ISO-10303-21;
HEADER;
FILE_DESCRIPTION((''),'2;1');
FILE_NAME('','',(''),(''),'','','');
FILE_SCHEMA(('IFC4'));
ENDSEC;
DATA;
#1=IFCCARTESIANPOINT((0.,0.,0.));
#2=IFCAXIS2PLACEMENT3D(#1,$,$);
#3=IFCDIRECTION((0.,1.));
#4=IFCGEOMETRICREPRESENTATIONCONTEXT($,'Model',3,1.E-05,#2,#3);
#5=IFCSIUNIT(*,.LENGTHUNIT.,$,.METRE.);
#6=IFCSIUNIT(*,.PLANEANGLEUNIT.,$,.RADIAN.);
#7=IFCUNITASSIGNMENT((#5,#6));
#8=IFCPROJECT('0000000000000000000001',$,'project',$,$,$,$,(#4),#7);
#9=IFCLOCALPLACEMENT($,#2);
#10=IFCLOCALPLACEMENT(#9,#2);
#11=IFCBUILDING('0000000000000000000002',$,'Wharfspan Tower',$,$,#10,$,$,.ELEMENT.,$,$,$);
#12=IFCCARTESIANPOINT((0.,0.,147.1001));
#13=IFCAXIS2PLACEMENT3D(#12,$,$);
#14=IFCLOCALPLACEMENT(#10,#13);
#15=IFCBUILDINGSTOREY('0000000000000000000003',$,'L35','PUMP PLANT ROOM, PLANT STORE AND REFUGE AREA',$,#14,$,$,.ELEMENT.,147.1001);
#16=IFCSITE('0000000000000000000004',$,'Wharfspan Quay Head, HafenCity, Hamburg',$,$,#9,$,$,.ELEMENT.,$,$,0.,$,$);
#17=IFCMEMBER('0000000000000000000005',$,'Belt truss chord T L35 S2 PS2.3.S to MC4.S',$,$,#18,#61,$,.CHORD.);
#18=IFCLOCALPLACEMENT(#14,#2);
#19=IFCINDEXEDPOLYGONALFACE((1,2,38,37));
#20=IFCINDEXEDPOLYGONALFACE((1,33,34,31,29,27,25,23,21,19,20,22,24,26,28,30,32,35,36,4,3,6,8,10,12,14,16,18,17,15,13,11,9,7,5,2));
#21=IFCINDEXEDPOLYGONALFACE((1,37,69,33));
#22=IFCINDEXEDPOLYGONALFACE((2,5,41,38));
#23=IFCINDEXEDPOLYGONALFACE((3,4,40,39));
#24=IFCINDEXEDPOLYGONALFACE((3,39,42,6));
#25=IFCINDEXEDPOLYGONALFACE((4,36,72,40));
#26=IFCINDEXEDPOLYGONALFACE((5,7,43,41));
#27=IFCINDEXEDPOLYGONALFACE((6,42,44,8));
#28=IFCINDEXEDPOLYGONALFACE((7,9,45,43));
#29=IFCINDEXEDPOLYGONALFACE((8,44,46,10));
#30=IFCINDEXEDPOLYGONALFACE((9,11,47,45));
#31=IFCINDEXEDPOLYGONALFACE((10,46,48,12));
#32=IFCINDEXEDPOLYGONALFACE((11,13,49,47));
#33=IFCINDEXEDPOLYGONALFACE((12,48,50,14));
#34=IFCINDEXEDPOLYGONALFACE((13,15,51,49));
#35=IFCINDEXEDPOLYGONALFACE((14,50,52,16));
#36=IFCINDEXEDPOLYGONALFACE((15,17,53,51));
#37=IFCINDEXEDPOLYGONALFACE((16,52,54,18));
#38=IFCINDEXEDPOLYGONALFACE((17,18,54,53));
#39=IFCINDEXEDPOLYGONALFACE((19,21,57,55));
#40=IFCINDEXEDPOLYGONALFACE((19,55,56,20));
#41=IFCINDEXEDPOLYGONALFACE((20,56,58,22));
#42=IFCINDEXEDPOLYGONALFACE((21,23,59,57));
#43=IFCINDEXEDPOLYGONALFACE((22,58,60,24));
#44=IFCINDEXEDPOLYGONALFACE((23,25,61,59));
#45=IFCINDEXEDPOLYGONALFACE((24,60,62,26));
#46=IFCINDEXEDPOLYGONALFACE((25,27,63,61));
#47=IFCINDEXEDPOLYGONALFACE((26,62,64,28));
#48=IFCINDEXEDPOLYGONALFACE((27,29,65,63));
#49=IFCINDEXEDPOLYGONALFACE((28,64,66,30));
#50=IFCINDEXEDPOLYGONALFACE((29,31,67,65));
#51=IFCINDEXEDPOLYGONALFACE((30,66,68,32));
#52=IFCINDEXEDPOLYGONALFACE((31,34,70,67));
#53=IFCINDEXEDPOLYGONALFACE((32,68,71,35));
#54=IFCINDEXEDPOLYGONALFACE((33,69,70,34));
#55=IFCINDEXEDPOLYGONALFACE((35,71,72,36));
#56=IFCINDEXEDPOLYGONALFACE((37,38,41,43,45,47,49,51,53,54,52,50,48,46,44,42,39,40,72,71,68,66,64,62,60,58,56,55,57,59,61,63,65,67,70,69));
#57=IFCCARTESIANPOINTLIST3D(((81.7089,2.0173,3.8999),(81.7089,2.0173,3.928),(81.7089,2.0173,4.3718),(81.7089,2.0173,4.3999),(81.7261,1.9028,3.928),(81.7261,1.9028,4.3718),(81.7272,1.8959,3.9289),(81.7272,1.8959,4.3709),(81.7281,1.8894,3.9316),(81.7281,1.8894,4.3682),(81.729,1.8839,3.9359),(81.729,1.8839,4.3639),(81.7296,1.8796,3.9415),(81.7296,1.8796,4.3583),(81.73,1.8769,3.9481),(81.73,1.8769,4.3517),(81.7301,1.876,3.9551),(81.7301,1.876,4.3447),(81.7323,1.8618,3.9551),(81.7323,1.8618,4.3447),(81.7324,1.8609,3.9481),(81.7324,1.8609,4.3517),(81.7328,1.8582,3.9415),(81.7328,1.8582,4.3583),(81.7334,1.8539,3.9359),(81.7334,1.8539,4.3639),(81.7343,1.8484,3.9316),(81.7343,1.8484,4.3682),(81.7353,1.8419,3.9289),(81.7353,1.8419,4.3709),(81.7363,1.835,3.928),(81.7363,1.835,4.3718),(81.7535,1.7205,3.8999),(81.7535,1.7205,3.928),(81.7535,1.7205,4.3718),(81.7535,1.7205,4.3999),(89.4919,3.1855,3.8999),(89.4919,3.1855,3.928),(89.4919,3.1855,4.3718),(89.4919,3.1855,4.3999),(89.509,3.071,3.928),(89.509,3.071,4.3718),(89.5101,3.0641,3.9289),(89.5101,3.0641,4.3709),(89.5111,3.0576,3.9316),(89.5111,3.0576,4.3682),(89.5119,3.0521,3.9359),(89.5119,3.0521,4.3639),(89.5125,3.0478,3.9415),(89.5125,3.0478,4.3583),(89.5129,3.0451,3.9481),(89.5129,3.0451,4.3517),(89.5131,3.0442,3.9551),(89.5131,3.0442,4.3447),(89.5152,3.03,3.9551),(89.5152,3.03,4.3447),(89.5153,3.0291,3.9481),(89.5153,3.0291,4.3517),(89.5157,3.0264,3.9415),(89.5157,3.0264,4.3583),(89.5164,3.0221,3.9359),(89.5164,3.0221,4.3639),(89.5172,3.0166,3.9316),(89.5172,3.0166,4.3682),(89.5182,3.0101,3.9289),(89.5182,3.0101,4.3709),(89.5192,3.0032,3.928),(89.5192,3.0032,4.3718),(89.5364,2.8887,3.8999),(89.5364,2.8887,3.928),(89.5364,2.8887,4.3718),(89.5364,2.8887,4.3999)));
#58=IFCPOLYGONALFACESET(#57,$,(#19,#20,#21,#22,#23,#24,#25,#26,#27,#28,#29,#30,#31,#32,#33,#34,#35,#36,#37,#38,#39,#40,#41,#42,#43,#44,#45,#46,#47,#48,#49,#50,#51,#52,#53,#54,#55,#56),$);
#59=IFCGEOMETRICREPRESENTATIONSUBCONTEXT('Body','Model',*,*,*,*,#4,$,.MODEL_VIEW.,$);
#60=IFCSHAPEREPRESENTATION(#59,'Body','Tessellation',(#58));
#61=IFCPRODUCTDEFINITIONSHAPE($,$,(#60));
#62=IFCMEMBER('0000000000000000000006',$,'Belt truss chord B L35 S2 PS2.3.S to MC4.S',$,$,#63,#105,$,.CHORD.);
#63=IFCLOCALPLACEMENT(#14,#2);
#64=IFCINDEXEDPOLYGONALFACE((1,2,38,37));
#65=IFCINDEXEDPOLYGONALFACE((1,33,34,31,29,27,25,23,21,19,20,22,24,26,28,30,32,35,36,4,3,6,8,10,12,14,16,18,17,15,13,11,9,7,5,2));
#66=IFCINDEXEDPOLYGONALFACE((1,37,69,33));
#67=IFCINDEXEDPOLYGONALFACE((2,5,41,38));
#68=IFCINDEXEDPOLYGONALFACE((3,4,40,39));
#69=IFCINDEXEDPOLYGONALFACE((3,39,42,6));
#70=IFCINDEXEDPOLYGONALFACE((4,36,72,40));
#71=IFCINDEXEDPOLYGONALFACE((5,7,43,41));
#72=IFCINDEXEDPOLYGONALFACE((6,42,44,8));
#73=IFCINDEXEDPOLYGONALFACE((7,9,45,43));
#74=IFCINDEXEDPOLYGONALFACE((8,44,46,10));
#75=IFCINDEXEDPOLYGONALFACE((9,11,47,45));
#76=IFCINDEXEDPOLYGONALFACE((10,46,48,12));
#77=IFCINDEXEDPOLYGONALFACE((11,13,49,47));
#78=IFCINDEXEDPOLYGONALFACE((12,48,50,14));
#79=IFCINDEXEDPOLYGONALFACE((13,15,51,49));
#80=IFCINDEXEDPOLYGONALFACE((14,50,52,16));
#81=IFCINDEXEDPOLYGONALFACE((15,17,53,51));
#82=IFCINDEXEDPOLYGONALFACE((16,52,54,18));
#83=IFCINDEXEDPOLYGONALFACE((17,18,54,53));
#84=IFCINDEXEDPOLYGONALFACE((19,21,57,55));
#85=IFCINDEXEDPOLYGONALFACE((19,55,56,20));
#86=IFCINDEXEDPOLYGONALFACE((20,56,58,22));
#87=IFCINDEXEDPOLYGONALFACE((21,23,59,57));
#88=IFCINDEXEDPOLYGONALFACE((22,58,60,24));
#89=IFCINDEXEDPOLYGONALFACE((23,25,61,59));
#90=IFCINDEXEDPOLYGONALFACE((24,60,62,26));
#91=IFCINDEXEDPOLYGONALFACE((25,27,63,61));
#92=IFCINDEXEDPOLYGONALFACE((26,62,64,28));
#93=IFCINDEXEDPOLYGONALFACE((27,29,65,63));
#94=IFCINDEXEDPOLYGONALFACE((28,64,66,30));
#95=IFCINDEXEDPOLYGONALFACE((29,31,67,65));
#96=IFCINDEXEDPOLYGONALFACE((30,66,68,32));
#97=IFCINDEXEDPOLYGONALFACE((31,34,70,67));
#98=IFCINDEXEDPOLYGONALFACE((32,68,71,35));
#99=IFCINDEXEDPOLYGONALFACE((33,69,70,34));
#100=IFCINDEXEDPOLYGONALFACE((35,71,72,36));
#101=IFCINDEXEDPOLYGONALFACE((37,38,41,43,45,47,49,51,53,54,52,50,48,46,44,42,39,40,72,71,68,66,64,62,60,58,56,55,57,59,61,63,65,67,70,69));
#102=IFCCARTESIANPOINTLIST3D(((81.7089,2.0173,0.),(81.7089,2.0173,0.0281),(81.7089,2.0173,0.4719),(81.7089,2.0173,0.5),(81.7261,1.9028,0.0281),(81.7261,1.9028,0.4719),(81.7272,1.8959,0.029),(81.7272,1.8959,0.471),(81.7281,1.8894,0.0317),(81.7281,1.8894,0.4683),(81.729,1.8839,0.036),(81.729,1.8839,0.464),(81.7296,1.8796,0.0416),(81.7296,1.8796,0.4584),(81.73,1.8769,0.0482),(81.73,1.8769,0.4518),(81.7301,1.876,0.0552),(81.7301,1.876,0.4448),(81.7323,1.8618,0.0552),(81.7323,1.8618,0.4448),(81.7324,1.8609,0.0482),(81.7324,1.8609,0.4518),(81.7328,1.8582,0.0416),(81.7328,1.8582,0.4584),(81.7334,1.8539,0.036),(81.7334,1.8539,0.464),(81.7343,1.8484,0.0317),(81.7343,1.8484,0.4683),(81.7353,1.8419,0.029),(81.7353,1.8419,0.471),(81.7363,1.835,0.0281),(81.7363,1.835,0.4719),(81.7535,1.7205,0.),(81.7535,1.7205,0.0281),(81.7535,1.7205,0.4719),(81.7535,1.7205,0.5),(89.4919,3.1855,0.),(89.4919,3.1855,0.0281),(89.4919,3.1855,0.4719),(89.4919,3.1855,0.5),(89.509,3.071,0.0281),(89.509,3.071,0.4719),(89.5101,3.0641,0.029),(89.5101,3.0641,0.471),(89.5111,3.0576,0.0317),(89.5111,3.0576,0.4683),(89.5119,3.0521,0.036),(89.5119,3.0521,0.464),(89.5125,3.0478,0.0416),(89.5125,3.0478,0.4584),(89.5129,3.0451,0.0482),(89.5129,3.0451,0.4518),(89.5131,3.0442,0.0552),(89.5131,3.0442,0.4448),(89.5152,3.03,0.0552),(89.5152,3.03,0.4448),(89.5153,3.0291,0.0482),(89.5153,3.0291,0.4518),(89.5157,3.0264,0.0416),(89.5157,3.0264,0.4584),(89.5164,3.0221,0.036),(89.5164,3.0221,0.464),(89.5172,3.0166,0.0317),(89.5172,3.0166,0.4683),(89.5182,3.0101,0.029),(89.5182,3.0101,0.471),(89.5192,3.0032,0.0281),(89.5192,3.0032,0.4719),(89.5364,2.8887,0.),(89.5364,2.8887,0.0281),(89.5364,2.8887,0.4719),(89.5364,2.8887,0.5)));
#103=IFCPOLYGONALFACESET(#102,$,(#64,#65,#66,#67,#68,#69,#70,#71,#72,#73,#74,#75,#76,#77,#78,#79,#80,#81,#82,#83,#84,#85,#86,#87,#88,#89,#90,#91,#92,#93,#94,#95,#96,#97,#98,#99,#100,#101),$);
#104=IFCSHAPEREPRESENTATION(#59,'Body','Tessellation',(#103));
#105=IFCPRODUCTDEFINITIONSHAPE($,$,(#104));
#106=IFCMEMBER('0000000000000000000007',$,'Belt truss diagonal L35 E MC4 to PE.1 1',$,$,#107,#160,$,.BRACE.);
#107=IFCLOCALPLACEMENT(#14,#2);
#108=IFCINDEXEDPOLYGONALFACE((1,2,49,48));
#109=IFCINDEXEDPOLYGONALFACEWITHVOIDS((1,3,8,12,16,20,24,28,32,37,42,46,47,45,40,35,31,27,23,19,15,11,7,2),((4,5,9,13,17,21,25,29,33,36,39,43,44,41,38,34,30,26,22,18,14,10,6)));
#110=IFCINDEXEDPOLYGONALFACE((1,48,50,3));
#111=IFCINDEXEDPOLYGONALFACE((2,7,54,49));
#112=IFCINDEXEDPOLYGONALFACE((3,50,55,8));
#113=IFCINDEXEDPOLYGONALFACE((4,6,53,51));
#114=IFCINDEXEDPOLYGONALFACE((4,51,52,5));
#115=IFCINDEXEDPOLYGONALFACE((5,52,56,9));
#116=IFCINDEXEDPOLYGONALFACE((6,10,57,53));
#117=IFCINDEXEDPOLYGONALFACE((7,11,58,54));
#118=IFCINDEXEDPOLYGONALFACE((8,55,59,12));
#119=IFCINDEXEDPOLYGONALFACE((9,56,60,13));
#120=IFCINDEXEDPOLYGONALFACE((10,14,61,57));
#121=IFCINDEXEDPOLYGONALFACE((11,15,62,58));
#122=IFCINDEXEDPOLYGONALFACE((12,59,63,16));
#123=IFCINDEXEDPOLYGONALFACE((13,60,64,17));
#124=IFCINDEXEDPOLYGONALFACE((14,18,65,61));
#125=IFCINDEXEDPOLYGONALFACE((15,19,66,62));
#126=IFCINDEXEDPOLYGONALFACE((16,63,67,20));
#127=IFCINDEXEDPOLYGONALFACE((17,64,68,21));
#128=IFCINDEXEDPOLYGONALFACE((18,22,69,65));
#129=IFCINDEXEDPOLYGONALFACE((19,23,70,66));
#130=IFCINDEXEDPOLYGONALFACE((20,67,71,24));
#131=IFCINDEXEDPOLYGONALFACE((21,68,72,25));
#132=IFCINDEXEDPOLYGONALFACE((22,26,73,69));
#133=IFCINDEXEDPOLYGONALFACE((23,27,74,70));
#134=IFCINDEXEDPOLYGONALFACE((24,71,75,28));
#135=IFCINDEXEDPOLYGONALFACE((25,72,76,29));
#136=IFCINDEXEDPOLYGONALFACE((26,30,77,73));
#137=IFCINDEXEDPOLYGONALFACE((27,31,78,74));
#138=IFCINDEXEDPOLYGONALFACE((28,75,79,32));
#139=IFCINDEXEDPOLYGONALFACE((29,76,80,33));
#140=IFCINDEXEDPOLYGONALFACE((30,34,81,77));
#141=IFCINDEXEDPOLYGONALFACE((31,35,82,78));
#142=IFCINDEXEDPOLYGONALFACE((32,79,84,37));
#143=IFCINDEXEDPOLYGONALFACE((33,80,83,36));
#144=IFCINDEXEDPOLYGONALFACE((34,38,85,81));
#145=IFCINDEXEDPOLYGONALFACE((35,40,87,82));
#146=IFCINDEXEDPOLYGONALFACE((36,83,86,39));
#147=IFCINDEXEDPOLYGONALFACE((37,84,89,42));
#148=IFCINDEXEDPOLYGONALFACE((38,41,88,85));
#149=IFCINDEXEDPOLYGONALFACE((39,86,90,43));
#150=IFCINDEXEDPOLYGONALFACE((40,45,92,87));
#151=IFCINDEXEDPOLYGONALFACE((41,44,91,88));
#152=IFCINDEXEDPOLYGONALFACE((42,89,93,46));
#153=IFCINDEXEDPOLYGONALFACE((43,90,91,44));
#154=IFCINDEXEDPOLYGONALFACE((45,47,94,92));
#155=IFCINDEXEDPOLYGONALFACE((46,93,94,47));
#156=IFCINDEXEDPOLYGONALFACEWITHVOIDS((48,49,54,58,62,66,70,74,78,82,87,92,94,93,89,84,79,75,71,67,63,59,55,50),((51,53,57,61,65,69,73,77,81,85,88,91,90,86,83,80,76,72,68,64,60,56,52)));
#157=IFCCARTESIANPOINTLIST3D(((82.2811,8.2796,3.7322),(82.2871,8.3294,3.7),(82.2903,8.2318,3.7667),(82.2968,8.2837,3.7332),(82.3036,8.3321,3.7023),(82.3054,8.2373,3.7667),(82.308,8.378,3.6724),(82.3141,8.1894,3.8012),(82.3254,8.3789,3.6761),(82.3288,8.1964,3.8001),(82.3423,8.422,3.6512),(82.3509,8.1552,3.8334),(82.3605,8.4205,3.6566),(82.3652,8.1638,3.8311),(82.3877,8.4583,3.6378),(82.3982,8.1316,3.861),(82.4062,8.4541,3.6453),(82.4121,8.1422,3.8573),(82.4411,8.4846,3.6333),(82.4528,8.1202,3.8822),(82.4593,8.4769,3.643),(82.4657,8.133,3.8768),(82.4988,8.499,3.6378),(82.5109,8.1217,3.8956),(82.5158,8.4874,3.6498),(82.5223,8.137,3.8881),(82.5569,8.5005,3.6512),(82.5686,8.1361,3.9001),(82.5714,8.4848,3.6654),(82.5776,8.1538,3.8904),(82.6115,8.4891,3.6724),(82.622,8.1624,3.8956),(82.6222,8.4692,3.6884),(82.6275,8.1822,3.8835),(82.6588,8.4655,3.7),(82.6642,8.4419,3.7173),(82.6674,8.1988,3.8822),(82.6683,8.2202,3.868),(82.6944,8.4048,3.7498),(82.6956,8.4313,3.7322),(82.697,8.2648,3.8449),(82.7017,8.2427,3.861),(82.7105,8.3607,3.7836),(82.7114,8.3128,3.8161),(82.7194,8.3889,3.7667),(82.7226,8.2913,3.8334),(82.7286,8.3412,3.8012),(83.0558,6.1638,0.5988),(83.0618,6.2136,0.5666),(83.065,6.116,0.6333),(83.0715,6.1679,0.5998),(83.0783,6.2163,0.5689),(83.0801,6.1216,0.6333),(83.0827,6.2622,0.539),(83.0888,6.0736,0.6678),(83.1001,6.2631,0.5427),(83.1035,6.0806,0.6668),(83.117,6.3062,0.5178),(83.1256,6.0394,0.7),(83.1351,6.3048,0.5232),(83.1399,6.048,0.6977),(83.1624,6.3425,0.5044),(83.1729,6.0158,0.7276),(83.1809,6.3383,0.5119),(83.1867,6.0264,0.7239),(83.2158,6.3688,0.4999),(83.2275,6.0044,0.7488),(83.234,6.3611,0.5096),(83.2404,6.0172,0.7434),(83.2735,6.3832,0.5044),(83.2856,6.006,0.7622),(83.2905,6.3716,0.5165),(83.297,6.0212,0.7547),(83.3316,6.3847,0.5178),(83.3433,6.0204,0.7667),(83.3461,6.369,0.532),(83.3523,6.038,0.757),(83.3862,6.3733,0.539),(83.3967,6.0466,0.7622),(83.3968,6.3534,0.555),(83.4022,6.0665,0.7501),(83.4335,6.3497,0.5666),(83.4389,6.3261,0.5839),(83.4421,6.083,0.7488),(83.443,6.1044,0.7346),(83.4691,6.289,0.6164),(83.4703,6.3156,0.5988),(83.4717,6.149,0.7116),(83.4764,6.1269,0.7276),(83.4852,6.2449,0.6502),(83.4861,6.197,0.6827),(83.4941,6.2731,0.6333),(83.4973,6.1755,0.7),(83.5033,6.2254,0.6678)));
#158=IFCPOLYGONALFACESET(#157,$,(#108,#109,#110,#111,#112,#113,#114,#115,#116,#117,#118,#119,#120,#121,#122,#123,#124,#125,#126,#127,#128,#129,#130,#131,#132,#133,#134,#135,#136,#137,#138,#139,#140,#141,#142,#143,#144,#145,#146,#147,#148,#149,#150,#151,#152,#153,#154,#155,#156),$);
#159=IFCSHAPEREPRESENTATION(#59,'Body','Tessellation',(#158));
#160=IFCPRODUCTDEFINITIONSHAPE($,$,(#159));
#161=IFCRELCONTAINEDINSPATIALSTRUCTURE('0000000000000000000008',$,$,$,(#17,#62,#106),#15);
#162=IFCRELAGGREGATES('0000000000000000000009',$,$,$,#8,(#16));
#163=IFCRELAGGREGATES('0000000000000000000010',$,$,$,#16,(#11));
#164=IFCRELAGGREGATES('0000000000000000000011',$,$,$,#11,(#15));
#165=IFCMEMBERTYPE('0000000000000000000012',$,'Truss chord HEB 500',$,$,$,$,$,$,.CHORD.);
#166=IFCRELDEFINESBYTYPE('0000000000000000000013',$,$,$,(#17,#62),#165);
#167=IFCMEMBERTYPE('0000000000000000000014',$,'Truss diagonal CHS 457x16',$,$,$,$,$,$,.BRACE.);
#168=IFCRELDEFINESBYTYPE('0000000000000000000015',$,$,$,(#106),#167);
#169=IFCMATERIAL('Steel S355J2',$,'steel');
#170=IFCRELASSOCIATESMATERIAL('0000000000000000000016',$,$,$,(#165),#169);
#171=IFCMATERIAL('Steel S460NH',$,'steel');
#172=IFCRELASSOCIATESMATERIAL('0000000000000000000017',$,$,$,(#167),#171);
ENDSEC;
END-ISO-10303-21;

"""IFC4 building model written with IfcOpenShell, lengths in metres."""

from ifc_helpers import new_model, si_unit, direction, frame, origin, origin_2d, place, context, subcontext, project, spatial, hollow_circle, i_section, extrude, material, material_profile, profile_set, type_object, element, save


model = new_model("IFC4")

# Units and contexts
model_context = context("Model", 3, precision=1e-05, world=origin(), true_north=direction((0.0, 1.0)))
body_context = subcontext(model_context, "Body", "Model", "MODEL_VIEW")
ifc_project = project(units=[si_unit("LENGTHUNIT", "METRE"), si_unit("PLANEANGLEUNIT", "RADIAN")], contexts=[model_context])

# Site, building, storey
site_placement = place(None, origin())
site = spatial("IfcSite", under=ifc_project, at=site_placement, Name="Wharfspan Quay Head, HafenCity, Hamburg", CompositionType="ELEMENT", RefElevation=0.0)
building_placement = place(site_placement, origin())
building = spatial("IfcBuilding", under=site, at=building_placement, Name="Wharfspan Tower", CompositionType="ELEMENT")
storey_placement = place(building_placement, frame((0.0, 0.0, 147.1001)))
storey = spatial("IfcBuildingStorey", under=building, at=storey_placement, Name="L35", Description="PUMP PLANT ROOM, PLANT STORE AND REFUGE AREA", CompositionType="ELEMENT", Elevation=147.1001)

# Shared definitions
ifc_material_1 = material(Name="Steel S355J2", Category="steel")

# Members
ifc_material_profile_1 = material_profile(ifc_material_1, i_section(OverallWidth=0.3, OverallDepth=0.5, WebThickness=0.0144, FlangeThickness=0.0281, FilletRadius=0.0271, at=origin_2d()))
ifc_profile_set_1 = profile_set([ifc_material_profile_1], Name="Steel S355J2")
member_type_1 = type_object("IfcMemberType", Name="Truss chord HEB 500", PredefinedType="CHORD", material=ifc_profile_set_1)
for number, where, z_axis, x_axis, name in (
    (1, (81.7312, 1.8689, 4.1499), (0.988922, 0.148436, 0.0), (-0.148436, 0.988922, 0.0), "Belt truss chord T L35 S2 PS2.3.S to MC4.S"),
    (2, (81.7312, 1.8689, 0.25), (0.988922, 0.148436, 0.0), (-0.148436, 0.988922, 0.0), "Belt truss chord B L35 S2 PS2.3.S to MC4.S"),
):
    element("IfcMember", number, at=place(storey_placement, frame(where, z_axis=z_axis, x_axis=x_axis)), inside=storey, type_object=member_type_1, Name=name, PredefinedType="CHORD", context=body_context, shape_type="SweptSolid", body=[
        extrude(i_section(OverallWidth=0.3, OverallDepth=0.5, WebThickness=0.0144, FlangeThickness=0.0281, FilletRadius=0.0271, at=origin_2d()), origin(), (0.0, 0.0, 1.0), 7.8701),
    ])
ifc_material_2 = material(Name="Steel S460NH", Category="steel")
ifc_material_profile_2 = material_profile(ifc_material_2, hollow_circle(Radius=0.2285, WallThickness=0.0161, at=origin_2d()))
ifc_profile_set_2 = profile_set([ifc_material_profile_2], Name="Steel S460NH")
member_type_2 = type_object("IfcMemberType", Name="Truss diagonal CHS 457x16", PredefinedType="BRACE", material=ifc_profile_set_2)
for number, where, z_axis, x_axis, name in (
    (3, (83.2795, 6.1946, 0.6333), (-0.200727, 0.548219, 0.81189), (-0.939038, -0.34382, -0.000002), "Belt truss diagonal L35 E MC4 to PE.1 1"),
):
    element("IfcMember", number, at=place(storey_placement, frame(where, z_axis=z_axis, x_axis=x_axis)), inside=storey, type_object=member_type_2, Name=name, PredefinedType="BRACE", context=body_context, shape_type="SweptSolid", body=[
        extrude(hollow_circle(Radius=0.2285, WallThickness=0.0161, at=origin_2d()), origin(), (0.0, 0.0, 1.0), 3.8594),
    ])

save(model, "model.ifc")
